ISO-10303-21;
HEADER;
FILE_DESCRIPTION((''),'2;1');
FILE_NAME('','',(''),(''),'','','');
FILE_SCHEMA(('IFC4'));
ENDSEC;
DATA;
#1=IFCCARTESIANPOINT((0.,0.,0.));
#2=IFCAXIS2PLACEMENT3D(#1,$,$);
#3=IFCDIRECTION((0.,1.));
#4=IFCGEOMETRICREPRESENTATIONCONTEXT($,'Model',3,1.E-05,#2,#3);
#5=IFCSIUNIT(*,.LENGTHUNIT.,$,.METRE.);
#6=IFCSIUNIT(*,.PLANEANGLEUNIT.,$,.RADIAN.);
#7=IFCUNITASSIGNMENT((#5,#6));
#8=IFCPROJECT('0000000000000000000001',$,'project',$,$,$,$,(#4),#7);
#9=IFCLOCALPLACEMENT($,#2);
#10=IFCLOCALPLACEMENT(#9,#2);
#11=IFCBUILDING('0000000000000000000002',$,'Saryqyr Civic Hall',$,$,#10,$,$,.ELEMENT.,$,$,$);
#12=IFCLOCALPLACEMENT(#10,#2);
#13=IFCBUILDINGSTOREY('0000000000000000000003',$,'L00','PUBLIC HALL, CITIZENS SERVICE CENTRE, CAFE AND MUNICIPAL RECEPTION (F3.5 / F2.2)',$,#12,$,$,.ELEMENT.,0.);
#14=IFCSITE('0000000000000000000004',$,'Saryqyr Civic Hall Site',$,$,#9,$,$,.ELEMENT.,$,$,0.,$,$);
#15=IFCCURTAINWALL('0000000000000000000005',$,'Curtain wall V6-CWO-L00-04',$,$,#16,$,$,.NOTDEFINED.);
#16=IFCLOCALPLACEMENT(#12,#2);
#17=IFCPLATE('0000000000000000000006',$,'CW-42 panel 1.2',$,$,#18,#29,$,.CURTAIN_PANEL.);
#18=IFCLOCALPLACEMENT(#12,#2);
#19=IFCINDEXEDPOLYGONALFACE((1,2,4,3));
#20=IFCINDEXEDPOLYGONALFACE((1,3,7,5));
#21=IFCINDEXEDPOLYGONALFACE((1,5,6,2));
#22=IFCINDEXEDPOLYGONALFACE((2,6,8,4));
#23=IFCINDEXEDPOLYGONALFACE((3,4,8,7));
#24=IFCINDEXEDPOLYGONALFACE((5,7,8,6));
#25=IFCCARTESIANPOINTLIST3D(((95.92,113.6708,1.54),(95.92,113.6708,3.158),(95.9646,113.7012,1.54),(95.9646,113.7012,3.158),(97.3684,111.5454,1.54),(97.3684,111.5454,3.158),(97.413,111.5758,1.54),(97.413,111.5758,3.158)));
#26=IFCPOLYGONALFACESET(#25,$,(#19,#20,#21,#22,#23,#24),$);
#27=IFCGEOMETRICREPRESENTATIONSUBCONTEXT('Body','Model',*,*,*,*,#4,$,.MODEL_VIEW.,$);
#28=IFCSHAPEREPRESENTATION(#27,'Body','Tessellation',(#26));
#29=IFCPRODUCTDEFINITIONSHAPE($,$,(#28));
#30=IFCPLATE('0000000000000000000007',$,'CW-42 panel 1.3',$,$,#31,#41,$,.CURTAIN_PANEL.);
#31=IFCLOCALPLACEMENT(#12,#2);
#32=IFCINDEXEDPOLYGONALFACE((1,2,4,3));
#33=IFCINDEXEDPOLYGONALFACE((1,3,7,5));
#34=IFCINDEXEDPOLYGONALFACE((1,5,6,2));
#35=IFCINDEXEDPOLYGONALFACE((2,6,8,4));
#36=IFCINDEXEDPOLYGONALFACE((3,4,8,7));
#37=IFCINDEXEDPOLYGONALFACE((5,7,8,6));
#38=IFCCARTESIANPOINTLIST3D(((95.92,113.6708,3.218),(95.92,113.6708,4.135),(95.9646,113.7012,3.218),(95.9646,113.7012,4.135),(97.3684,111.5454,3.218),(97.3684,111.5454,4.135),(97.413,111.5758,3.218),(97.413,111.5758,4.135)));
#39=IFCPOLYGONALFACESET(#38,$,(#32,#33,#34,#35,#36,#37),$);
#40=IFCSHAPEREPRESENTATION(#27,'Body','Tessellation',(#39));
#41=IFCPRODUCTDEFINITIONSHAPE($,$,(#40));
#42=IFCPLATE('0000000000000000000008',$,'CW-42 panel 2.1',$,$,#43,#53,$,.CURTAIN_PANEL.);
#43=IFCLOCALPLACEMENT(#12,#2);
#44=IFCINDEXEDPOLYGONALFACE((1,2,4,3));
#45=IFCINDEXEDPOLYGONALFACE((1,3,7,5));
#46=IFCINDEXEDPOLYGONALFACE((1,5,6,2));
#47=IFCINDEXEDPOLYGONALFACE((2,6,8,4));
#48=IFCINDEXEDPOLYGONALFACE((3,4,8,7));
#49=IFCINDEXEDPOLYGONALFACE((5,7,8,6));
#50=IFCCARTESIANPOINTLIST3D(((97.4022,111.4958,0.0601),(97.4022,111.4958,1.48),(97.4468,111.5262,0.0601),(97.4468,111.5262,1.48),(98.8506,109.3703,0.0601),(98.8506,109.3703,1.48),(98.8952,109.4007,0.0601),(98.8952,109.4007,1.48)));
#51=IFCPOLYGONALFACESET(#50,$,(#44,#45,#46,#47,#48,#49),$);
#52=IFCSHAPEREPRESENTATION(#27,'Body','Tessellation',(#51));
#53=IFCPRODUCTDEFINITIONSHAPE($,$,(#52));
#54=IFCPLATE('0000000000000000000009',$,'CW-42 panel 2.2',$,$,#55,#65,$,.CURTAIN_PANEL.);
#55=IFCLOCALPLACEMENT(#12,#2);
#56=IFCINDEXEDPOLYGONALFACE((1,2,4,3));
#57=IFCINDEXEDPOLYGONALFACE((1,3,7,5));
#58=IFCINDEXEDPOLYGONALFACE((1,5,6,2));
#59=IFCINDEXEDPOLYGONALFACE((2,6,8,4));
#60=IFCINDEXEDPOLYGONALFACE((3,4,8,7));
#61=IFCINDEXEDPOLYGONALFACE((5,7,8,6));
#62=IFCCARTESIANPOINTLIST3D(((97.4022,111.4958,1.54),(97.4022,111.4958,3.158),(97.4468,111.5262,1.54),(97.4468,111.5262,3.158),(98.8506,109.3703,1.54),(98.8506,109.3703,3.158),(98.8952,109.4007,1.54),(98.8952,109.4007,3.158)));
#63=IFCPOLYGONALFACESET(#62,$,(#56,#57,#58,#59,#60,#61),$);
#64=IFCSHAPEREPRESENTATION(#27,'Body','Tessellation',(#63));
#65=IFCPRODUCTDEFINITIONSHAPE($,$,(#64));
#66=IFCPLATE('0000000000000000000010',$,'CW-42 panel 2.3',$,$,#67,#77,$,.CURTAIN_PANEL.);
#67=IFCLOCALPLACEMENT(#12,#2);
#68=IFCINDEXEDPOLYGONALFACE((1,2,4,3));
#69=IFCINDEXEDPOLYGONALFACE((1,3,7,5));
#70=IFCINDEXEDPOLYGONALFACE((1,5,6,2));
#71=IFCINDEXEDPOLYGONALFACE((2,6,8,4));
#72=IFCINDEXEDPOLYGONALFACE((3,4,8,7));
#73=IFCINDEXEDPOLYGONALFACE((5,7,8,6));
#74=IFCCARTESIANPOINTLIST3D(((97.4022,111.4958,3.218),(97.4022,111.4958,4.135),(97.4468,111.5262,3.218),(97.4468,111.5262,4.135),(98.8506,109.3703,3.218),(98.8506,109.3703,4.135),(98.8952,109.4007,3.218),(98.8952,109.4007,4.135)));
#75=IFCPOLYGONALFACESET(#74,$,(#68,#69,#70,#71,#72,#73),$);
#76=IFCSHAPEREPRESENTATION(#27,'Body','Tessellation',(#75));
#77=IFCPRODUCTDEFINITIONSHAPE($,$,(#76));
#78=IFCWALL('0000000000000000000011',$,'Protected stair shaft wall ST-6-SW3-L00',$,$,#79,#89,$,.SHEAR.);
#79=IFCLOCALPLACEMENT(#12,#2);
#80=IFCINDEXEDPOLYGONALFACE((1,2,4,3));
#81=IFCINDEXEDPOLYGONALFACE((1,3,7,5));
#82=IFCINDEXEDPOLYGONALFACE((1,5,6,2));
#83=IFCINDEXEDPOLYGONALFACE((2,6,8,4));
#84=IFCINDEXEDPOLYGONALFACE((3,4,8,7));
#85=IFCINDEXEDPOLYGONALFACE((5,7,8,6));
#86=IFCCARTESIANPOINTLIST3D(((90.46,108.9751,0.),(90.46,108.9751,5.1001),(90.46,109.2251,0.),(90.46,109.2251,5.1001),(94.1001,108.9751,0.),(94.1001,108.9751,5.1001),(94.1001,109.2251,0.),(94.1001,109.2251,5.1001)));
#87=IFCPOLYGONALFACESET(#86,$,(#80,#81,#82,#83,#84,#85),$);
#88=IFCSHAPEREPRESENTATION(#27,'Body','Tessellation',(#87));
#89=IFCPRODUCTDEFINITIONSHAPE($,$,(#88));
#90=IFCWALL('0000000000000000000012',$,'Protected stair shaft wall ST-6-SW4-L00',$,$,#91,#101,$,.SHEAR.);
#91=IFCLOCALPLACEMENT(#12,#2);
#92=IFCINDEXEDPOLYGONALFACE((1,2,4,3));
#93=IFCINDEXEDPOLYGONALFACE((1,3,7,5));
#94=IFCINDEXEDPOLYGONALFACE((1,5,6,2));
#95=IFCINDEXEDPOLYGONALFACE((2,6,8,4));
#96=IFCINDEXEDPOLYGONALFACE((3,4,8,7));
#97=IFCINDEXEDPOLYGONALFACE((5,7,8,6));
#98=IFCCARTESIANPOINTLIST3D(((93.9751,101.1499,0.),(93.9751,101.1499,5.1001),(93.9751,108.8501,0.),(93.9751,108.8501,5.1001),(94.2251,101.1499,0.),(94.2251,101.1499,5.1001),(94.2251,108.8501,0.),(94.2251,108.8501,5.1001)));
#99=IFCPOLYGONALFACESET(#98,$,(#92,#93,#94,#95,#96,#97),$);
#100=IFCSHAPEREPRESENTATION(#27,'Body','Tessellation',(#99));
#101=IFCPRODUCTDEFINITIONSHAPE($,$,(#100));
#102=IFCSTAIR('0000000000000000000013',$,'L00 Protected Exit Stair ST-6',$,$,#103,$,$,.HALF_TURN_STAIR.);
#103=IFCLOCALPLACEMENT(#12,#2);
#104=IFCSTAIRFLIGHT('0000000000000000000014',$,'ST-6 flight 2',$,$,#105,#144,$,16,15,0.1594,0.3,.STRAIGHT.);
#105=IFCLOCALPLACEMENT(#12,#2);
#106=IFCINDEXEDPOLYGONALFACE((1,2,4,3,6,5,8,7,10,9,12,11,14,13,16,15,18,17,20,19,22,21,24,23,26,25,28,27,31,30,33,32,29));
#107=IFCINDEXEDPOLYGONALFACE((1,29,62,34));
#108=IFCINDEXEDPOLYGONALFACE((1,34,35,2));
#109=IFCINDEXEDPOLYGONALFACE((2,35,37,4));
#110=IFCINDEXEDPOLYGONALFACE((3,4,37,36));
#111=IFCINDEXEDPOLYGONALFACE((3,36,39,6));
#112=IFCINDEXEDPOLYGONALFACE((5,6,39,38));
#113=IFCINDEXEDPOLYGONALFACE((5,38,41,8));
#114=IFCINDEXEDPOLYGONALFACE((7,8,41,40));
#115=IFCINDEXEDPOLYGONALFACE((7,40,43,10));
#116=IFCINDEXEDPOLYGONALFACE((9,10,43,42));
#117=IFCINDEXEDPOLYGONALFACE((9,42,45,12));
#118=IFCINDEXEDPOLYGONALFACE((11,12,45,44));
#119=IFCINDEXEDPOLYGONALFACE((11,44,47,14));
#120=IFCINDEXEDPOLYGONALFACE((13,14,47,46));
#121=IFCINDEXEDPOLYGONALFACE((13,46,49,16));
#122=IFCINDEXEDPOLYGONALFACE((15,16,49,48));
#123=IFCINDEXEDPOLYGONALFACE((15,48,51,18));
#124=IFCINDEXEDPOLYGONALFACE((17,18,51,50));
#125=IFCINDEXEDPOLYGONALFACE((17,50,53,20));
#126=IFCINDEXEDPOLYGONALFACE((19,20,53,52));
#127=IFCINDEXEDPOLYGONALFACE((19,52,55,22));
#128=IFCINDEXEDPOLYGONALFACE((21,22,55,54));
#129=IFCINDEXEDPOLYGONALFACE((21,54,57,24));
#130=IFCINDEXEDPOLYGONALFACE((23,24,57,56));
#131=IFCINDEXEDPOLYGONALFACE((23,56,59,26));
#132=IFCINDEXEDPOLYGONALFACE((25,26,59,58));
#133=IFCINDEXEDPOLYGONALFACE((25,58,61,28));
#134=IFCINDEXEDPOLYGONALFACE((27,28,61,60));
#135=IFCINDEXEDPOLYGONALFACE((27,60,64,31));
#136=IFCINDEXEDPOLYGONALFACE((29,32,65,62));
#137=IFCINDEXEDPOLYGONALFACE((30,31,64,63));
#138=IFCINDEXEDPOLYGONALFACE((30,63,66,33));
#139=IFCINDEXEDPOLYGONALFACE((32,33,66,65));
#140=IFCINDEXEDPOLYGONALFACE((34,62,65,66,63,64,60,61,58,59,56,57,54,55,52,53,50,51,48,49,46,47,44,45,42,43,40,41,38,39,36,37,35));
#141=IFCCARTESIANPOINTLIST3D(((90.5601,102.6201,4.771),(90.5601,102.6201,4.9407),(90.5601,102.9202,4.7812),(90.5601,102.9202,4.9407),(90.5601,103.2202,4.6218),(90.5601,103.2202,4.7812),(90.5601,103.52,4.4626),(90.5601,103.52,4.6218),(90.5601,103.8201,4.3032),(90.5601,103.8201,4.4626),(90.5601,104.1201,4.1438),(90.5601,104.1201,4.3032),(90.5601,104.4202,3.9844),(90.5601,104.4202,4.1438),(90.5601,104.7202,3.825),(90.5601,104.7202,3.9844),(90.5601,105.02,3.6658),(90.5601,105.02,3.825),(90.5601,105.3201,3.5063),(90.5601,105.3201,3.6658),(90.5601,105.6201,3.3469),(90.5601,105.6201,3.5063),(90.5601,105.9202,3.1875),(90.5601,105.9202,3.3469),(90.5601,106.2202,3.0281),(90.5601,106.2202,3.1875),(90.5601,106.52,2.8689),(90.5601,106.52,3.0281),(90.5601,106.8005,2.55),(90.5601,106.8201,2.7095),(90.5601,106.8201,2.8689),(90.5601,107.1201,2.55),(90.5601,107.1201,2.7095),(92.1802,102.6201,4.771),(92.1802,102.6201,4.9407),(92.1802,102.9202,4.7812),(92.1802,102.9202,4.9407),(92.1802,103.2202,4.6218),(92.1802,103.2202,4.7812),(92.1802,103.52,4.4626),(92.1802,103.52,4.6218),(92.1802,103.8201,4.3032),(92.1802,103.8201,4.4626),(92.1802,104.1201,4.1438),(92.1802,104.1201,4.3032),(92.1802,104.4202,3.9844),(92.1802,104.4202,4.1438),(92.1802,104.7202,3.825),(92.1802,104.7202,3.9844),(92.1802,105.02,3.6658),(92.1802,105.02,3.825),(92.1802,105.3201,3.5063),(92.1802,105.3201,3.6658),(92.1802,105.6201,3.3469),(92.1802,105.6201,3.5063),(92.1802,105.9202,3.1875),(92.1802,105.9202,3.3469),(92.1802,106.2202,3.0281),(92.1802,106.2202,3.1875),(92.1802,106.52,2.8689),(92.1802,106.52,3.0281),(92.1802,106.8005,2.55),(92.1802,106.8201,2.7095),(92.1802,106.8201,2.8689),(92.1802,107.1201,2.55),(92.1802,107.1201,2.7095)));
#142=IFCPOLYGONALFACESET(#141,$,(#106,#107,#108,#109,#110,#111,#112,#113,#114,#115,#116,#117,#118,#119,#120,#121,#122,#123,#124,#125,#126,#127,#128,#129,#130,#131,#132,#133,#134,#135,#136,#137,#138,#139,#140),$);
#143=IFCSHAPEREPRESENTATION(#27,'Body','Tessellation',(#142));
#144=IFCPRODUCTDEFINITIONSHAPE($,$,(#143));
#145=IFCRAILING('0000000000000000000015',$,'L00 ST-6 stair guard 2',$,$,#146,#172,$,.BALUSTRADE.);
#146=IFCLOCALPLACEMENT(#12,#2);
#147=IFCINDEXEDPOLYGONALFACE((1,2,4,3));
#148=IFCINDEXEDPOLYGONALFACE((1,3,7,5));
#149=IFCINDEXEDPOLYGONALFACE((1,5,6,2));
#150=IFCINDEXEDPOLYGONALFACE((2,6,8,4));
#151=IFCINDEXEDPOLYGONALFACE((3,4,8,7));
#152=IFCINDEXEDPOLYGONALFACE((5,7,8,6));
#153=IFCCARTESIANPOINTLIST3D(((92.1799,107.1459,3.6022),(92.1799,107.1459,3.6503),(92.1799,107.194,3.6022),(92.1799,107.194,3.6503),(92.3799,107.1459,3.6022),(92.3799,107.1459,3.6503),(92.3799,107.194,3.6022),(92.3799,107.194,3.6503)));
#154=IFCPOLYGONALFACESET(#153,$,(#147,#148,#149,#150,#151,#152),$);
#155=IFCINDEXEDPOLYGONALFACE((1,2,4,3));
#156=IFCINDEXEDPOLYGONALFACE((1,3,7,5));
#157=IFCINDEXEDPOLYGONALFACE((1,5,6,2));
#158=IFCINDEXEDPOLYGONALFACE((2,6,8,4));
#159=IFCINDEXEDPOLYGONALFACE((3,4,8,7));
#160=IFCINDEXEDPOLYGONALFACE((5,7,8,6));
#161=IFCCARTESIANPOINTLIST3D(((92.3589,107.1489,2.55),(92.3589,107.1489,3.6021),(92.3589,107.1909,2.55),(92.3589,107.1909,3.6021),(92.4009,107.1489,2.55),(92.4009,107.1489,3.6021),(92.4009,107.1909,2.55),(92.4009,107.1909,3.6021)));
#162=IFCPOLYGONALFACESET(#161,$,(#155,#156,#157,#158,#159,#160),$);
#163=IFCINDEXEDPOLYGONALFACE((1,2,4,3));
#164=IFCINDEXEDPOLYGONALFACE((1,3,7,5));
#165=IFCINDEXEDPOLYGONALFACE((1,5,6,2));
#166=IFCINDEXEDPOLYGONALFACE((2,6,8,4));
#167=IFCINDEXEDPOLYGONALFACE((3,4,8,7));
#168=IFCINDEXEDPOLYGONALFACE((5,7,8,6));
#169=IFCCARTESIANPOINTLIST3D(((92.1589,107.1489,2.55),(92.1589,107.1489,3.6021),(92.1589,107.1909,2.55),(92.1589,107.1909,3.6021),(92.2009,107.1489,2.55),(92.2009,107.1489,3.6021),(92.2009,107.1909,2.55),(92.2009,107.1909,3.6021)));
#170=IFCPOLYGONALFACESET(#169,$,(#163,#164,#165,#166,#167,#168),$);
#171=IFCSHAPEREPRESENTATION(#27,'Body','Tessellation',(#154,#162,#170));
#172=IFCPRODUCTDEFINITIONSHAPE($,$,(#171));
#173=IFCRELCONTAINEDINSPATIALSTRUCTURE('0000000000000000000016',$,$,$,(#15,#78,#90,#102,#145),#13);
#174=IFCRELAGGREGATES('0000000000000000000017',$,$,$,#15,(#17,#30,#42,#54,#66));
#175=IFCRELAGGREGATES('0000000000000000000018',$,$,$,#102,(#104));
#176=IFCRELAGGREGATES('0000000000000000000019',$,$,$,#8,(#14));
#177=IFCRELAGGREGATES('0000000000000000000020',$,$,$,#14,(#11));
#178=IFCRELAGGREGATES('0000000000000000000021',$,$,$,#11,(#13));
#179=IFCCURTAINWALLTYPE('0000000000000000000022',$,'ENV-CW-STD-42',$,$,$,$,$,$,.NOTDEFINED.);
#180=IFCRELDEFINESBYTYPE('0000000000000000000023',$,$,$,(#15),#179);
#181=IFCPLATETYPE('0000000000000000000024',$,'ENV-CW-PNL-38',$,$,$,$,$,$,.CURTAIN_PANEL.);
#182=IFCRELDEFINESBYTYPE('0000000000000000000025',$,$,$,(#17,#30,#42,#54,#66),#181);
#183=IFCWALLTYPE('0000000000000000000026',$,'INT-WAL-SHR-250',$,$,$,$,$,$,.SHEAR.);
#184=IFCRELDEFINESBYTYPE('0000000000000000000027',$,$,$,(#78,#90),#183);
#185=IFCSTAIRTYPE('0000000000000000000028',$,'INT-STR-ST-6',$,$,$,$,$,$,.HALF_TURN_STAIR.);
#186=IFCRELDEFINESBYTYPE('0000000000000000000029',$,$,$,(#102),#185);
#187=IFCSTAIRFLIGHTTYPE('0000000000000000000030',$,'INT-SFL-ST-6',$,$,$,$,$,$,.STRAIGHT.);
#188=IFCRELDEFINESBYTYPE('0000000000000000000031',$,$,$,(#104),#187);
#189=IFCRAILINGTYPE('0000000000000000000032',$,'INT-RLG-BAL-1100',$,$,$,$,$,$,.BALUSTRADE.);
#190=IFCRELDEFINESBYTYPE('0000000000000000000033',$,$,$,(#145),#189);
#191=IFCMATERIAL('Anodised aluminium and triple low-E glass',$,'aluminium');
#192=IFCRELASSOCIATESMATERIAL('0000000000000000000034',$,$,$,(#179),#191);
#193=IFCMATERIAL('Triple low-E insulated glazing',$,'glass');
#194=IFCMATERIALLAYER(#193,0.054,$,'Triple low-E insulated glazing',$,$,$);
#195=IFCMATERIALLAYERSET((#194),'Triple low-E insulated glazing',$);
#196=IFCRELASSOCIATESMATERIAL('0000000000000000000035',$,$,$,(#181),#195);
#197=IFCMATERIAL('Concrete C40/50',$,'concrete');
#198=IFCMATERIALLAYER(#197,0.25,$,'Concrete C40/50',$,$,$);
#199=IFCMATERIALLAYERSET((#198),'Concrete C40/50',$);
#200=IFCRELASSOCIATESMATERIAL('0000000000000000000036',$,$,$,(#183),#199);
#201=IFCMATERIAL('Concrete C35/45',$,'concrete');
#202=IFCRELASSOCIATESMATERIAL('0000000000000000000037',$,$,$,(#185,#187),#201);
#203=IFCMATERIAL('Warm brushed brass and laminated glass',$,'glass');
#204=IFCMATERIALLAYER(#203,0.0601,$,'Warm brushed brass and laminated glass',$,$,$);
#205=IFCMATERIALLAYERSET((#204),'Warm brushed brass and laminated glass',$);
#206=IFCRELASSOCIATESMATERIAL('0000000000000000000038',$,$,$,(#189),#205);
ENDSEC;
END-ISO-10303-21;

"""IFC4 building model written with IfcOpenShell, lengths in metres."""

from ifc_helpers import new_model, si_unit, direction, frame, frame_2d, origin, origin_2d, place, context, subcontext, project, spatial, polyline, rectangle, outline, extrude, material, layer, layer_set, type_object, element, aggregate, save


model = new_model("IFC4")

# Units and contexts
model_context = context("Model", 3, precision=1e-05, world=origin(), true_north=direction((0.0, 1.0)))
body_context = subcontext(model_context, "Body", "Model", "MODEL_VIEW")
ifc_project = project(units=[si_unit("LENGTHUNIT", "METRE"), si_unit("PLANEANGLEUNIT", "RADIAN")], contexts=[model_context])

# Site, building, storey
site_placement = place(None, origin())
site = spatial("IfcSite", under=ifc_project, at=site_placement, Name="Saryqyr Civic Hall Site", CompositionType="ELEMENT", RefElevation=0.0)
building_placement = place(site_placement, origin())
building = spatial("IfcBuilding", under=site, at=building_placement, Name="Saryqyr Civic Hall", CompositionType="ELEMENT")
storey_placement = place(building_placement, origin())
storey = spatial("IfcBuildingStorey", under=building, at=storey_placement, Name="L00", Description="PUBLIC HALL, CITIZENS SERVICE CENTRE, CAFE AND MUNICIPAL RECEPTION (F3.5 / F2.2)", CompositionType="ELEMENT", Elevation=0.0)

# Shared definitions
ifc_material_1 = material(Name="Concrete C40/50", Category="concrete")

# Shared definitions
ifc_material_2 = material(Name="Anodised aluminium and triple low-E glass", Category="aluminium")

# Curtain wall
curtain_wall_type_1 = type_object("IfcCurtainWallType", Name="ENV-CW-STD-42", PredefinedType="NOTDEFINED", material=ifc_material_2)
curtain_wall_1_placement = place(storey_placement, origin())
curtain_wall_1 = element("IfcCurtainWall", 1, at=curtain_wall_1_placement, inside=storey, type_object=curtain_wall_type_1, Name="Curtain wall V6-CWO-L00-04", PredefinedType="NOTDEFINED")

# Shared definitions
ifc_material_3 = material(Name="Concrete C35/45", Category="concrete")

# Plates
ifc_material_4 = material(Name="Triple low-E insulated glazing", Category="glass")
ifc_layer_1 = layer(ifc_material_4, 0.054, Name="Triple low-E insulated glazing")
ifc_layer_set_1 = layer_set([ifc_layer_1], Name="Triple low-E insulated glazing")
plate_type = type_object("IfcPlateType", Name="ENV-CW-PNL-38", PredefinedType="CURTAIN_PANEL", material=ifc_layer_set_1)
plate_1_placement = place(storey_placement, frame((96.6665, 112.6233, 1.54), z_axis=(0.0, 0.0, 1.0), x_axis=(0.563119, -0.826376, 0.0)))
plate_1 = element("IfcPlate", 2, at=plate_1_placement, type_object=plate_type, Name="CW-42 panel 1.2", PredefinedType="CURTAIN_PANEL", context=body_context, shape_type="SweptSolid", body=[
    extrude(rectangle(XDim=2.572, YDim=0.054, at=origin_2d()), origin(), (0.0, 0.0, 1.0), 1.6179),
])
plate_2_placement = place(storey_placement, frame((96.6665, 112.6233, 3.218), z_axis=(0.0, 0.0, 1.0), x_axis=(0.563119, -0.826376, 0.0)))
plate_2 = element("IfcPlate", 3, at=plate_2_placement, type_object=plate_type, Name="CW-42 panel 1.3", PredefinedType="CURTAIN_PANEL", context=body_context, shape_type="SweptSolid", body=[
    extrude(rectangle(XDim=2.572, YDim=0.054, at=origin_2d()), origin(), (0.0, 0.0, 1.0), 0.917),
])
plate_3_placement = place(storey_placement, frame((98.1487, 110.4482, 0.0601), z_axis=(0.0, 0.0, 1.0), x_axis=(0.563119, -0.826376, 0.0)))
plate_3 = element("IfcPlate", 4, at=plate_3_placement, type_object=plate_type, Name="CW-42 panel 2.1", PredefinedType="CURTAIN_PANEL", context=body_context, shape_type="SweptSolid", body=[
    extrude(rectangle(XDim=2.572, YDim=0.054, at=origin_2d()), origin(), (0.0, 0.0, 1.0), 1.4199),
])
plate_4_placement = place(storey_placement, frame((98.1487, 110.4482, 1.54), z_axis=(0.0, 0.0, 1.0), x_axis=(0.563119, -0.826376, 0.0)))
plate_4 = element("IfcPlate", 5, at=plate_4_placement, type_object=plate_type, Name="CW-42 panel 2.2", PredefinedType="CURTAIN_PANEL", context=body_context, shape_type="SweptSolid", body=[
    extrude(rectangle(XDim=2.572, YDim=0.054, at=origin_2d()), origin(), (0.0, 0.0, 1.0), 1.6179),
])
plate_5_placement = place(storey_placement, frame((98.1487, 110.4482, 3.218), z_axis=(0.0, 0.0, 1.0), x_axis=(0.563119, -0.826376, 0.0)))
plate_5 = element("IfcPlate", 6, at=plate_5_placement, type_object=plate_type, Name="CW-42 panel 2.3", PredefinedType="CURTAIN_PANEL", context=body_context, shape_type="SweptSolid", body=[
    extrude(rectangle(XDim=2.572, YDim=0.054, at=origin_2d()), origin(), (0.0, 0.0, 1.0), 0.917),
])
aggregate(curtain_wall_1, [plate_1, plate_2, plate_3, plate_4, plate_5])

# Walls
ifc_layer_2 = layer(ifc_material_1, 0.25, Name="Concrete C40/50")
ifc_layer_set_2 = layer_set([ifc_layer_2], Name="Concrete C40/50")
wall_type = type_object("IfcWallType", Name="INT-WAL-SHR-250", PredefinedType="SHEAR", material=ifc_layer_set_2)
wall_1_placement = place(storey_placement, frame((90.46, 109.1001, 0.0), z_axis=(0.0, 0.0, 1.0), x_axis=(1.0, 0.0, 0.0)))
element("IfcWall", 7, at=wall_1_placement, inside=storey, type_object=wall_type, Name="Protected stair shaft wall ST-6-SW3-L00", PredefinedType="SHEAR", context=body_context, shape_type="SweptSolid", body=[
    extrude(rectangle(XDim=3.6401, YDim=0.25, at=frame_2d((1.8201, 0.0))), origin(), (0.0, 0.0, 1.0), 5.1001),
])
wall_2_placement = place(storey_placement, frame((94.1001, 108.8501, 0.0), z_axis=(0.0, 0.0, 1.0), x_axis=(0.0, -1.0, 0.0)))
element("IfcWall", 8, at=wall_2_placement, inside=storey, type_object=wall_type, Name="Protected stair shaft wall ST-6-SW4-L00", PredefinedType="SHEAR", context=body_context, shape_type="SweptSolid", body=[
    extrude(rectangle(XDim=7.7002, YDim=0.25, at=frame_2d((3.8501, 0.0))), origin(), (0.0, 0.0, 1.0), 5.1001),
])

# Stair, stair flight
stair_type = type_object("IfcStairType", Name="INT-STR-ST-6", PredefinedType="HALF_TURN_STAIR", material=ifc_material_3)
stair_placement = place(storey_placement, origin())
stair = element("IfcStair", 9, at=stair_placement, inside=storey, type_object=stair_type, Name="L00 Protected Exit Stair ST-6", PredefinedType="HALF_TURN_STAIR")
stair_flight_type = type_object("IfcStairFlightType", Name="INT-SFL-ST-6", PredefinedType="STRAIGHT", material=ifc_material_3)
stair_flight_placement = place(storey_placement, frame((91.3701, 107.1201, 2.55), z_axis=(0.0, 0.0, 1.0), x_axis=(0.0, -1.0, 0.0)))
stair_flight = element("IfcStairFlight", 10, at=stair_flight_placement, type_object=stair_flight_type, Name="ST-6 flight 2", NumberOfRisers=16, NumberOfTreads=15, PredefinedType="STRAIGHT", RiserHeight=0.1594, TreadLength=0.3, context=body_context, shape_type="SweptSolid", body=[
    extrude(outline(polyline([(0.0, 0.0), (0.0, 0.1594), (0.3, 0.1594), (0.3, 0.3188), (0.6001, 0.3188), (0.6001, 0.478), (0.8999, 0.478), (0.8999, 0.6375), (1.2, 0.6375), (1.2, 0.7969), (1.5, 0.7969), (1.5, 0.9563), (1.8, 0.9563), (1.8, 1.1157), (2.1001, 1.1157), (2.1001, 1.2749), (2.3999, 1.2749), (2.3999, 1.4343), (2.7, 1.4343), (2.7, 1.5938), (3.0, 1.5938), (3.0, 1.7532), (3.3, 1.7532), (3.3, 1.9126), (3.6001, 1.9126), (3.6001, 2.0718), (3.8999, 2.0718), (3.8999, 2.2312), (4.2, 2.2312), (4.2, 2.3906), (4.5, 2.3906), (4.5, 2.55), (4.5, 2.2209), (0.3196, 0.0), (0.0, 0.0)])), frame((0.0, 0.8101, 0.0), z_axis=(0.0, -1.0, 0.0), x_axis=(1.0, 0.0, 0.0)), (0.0, 0.0, 1.0), 1.6201),
])
aggregate(stair, [stair_flight])

# Railing
ifc_material_5 = material(Name="Warm brushed brass and laminated glass", Category="glass")
ifc_layer_3 = layer(ifc_material_5, 0.0601, Name="Warm brushed brass and laminated glass")
ifc_layer_set_3 = layer_set([ifc_layer_3], Name="Warm brushed brass and laminated glass")
railing_type_1 = type_object("IfcRailingType", Name="INT-RLG-BAL-1100", PredefinedType="BALUSTRADE", material=ifc_layer_set_3)
railing_1_placement = place(storey_placement, frame((92.3799, 107.1699, 2.55)))
element("IfcRailing", 11, at=railing_1_placement, inside=storey, type_object=railing_type_1, Name="L00 ST-6 stair guard 2", PredefinedType="BALUSTRADE", context=body_context, shape_type="SweptSolid", body=[
    extrude(rectangle(XDim=0.0481, YDim=0.0481, at=origin_2d()), frame((0.0, 0.0, 1.0762), z_axis=(-1.0, 0.0, 0.0), x_axis=(0.0, -1.0, 0.0)), (0.0, 0.0, 1.0), 0.2),
    extrude(rectangle(XDim=0.042, YDim=0.042, at=origin_2d()), origin(), (0.0, 0.0, 1.0), 1.052),
    extrude(rectangle(XDim=0.042, YDim=0.042, at=origin_2d()), frame((-0.2, 0.0, 0.0)), (0.0, 0.0, 1.0), 1.052),
])

save(model, "model.ifc")
